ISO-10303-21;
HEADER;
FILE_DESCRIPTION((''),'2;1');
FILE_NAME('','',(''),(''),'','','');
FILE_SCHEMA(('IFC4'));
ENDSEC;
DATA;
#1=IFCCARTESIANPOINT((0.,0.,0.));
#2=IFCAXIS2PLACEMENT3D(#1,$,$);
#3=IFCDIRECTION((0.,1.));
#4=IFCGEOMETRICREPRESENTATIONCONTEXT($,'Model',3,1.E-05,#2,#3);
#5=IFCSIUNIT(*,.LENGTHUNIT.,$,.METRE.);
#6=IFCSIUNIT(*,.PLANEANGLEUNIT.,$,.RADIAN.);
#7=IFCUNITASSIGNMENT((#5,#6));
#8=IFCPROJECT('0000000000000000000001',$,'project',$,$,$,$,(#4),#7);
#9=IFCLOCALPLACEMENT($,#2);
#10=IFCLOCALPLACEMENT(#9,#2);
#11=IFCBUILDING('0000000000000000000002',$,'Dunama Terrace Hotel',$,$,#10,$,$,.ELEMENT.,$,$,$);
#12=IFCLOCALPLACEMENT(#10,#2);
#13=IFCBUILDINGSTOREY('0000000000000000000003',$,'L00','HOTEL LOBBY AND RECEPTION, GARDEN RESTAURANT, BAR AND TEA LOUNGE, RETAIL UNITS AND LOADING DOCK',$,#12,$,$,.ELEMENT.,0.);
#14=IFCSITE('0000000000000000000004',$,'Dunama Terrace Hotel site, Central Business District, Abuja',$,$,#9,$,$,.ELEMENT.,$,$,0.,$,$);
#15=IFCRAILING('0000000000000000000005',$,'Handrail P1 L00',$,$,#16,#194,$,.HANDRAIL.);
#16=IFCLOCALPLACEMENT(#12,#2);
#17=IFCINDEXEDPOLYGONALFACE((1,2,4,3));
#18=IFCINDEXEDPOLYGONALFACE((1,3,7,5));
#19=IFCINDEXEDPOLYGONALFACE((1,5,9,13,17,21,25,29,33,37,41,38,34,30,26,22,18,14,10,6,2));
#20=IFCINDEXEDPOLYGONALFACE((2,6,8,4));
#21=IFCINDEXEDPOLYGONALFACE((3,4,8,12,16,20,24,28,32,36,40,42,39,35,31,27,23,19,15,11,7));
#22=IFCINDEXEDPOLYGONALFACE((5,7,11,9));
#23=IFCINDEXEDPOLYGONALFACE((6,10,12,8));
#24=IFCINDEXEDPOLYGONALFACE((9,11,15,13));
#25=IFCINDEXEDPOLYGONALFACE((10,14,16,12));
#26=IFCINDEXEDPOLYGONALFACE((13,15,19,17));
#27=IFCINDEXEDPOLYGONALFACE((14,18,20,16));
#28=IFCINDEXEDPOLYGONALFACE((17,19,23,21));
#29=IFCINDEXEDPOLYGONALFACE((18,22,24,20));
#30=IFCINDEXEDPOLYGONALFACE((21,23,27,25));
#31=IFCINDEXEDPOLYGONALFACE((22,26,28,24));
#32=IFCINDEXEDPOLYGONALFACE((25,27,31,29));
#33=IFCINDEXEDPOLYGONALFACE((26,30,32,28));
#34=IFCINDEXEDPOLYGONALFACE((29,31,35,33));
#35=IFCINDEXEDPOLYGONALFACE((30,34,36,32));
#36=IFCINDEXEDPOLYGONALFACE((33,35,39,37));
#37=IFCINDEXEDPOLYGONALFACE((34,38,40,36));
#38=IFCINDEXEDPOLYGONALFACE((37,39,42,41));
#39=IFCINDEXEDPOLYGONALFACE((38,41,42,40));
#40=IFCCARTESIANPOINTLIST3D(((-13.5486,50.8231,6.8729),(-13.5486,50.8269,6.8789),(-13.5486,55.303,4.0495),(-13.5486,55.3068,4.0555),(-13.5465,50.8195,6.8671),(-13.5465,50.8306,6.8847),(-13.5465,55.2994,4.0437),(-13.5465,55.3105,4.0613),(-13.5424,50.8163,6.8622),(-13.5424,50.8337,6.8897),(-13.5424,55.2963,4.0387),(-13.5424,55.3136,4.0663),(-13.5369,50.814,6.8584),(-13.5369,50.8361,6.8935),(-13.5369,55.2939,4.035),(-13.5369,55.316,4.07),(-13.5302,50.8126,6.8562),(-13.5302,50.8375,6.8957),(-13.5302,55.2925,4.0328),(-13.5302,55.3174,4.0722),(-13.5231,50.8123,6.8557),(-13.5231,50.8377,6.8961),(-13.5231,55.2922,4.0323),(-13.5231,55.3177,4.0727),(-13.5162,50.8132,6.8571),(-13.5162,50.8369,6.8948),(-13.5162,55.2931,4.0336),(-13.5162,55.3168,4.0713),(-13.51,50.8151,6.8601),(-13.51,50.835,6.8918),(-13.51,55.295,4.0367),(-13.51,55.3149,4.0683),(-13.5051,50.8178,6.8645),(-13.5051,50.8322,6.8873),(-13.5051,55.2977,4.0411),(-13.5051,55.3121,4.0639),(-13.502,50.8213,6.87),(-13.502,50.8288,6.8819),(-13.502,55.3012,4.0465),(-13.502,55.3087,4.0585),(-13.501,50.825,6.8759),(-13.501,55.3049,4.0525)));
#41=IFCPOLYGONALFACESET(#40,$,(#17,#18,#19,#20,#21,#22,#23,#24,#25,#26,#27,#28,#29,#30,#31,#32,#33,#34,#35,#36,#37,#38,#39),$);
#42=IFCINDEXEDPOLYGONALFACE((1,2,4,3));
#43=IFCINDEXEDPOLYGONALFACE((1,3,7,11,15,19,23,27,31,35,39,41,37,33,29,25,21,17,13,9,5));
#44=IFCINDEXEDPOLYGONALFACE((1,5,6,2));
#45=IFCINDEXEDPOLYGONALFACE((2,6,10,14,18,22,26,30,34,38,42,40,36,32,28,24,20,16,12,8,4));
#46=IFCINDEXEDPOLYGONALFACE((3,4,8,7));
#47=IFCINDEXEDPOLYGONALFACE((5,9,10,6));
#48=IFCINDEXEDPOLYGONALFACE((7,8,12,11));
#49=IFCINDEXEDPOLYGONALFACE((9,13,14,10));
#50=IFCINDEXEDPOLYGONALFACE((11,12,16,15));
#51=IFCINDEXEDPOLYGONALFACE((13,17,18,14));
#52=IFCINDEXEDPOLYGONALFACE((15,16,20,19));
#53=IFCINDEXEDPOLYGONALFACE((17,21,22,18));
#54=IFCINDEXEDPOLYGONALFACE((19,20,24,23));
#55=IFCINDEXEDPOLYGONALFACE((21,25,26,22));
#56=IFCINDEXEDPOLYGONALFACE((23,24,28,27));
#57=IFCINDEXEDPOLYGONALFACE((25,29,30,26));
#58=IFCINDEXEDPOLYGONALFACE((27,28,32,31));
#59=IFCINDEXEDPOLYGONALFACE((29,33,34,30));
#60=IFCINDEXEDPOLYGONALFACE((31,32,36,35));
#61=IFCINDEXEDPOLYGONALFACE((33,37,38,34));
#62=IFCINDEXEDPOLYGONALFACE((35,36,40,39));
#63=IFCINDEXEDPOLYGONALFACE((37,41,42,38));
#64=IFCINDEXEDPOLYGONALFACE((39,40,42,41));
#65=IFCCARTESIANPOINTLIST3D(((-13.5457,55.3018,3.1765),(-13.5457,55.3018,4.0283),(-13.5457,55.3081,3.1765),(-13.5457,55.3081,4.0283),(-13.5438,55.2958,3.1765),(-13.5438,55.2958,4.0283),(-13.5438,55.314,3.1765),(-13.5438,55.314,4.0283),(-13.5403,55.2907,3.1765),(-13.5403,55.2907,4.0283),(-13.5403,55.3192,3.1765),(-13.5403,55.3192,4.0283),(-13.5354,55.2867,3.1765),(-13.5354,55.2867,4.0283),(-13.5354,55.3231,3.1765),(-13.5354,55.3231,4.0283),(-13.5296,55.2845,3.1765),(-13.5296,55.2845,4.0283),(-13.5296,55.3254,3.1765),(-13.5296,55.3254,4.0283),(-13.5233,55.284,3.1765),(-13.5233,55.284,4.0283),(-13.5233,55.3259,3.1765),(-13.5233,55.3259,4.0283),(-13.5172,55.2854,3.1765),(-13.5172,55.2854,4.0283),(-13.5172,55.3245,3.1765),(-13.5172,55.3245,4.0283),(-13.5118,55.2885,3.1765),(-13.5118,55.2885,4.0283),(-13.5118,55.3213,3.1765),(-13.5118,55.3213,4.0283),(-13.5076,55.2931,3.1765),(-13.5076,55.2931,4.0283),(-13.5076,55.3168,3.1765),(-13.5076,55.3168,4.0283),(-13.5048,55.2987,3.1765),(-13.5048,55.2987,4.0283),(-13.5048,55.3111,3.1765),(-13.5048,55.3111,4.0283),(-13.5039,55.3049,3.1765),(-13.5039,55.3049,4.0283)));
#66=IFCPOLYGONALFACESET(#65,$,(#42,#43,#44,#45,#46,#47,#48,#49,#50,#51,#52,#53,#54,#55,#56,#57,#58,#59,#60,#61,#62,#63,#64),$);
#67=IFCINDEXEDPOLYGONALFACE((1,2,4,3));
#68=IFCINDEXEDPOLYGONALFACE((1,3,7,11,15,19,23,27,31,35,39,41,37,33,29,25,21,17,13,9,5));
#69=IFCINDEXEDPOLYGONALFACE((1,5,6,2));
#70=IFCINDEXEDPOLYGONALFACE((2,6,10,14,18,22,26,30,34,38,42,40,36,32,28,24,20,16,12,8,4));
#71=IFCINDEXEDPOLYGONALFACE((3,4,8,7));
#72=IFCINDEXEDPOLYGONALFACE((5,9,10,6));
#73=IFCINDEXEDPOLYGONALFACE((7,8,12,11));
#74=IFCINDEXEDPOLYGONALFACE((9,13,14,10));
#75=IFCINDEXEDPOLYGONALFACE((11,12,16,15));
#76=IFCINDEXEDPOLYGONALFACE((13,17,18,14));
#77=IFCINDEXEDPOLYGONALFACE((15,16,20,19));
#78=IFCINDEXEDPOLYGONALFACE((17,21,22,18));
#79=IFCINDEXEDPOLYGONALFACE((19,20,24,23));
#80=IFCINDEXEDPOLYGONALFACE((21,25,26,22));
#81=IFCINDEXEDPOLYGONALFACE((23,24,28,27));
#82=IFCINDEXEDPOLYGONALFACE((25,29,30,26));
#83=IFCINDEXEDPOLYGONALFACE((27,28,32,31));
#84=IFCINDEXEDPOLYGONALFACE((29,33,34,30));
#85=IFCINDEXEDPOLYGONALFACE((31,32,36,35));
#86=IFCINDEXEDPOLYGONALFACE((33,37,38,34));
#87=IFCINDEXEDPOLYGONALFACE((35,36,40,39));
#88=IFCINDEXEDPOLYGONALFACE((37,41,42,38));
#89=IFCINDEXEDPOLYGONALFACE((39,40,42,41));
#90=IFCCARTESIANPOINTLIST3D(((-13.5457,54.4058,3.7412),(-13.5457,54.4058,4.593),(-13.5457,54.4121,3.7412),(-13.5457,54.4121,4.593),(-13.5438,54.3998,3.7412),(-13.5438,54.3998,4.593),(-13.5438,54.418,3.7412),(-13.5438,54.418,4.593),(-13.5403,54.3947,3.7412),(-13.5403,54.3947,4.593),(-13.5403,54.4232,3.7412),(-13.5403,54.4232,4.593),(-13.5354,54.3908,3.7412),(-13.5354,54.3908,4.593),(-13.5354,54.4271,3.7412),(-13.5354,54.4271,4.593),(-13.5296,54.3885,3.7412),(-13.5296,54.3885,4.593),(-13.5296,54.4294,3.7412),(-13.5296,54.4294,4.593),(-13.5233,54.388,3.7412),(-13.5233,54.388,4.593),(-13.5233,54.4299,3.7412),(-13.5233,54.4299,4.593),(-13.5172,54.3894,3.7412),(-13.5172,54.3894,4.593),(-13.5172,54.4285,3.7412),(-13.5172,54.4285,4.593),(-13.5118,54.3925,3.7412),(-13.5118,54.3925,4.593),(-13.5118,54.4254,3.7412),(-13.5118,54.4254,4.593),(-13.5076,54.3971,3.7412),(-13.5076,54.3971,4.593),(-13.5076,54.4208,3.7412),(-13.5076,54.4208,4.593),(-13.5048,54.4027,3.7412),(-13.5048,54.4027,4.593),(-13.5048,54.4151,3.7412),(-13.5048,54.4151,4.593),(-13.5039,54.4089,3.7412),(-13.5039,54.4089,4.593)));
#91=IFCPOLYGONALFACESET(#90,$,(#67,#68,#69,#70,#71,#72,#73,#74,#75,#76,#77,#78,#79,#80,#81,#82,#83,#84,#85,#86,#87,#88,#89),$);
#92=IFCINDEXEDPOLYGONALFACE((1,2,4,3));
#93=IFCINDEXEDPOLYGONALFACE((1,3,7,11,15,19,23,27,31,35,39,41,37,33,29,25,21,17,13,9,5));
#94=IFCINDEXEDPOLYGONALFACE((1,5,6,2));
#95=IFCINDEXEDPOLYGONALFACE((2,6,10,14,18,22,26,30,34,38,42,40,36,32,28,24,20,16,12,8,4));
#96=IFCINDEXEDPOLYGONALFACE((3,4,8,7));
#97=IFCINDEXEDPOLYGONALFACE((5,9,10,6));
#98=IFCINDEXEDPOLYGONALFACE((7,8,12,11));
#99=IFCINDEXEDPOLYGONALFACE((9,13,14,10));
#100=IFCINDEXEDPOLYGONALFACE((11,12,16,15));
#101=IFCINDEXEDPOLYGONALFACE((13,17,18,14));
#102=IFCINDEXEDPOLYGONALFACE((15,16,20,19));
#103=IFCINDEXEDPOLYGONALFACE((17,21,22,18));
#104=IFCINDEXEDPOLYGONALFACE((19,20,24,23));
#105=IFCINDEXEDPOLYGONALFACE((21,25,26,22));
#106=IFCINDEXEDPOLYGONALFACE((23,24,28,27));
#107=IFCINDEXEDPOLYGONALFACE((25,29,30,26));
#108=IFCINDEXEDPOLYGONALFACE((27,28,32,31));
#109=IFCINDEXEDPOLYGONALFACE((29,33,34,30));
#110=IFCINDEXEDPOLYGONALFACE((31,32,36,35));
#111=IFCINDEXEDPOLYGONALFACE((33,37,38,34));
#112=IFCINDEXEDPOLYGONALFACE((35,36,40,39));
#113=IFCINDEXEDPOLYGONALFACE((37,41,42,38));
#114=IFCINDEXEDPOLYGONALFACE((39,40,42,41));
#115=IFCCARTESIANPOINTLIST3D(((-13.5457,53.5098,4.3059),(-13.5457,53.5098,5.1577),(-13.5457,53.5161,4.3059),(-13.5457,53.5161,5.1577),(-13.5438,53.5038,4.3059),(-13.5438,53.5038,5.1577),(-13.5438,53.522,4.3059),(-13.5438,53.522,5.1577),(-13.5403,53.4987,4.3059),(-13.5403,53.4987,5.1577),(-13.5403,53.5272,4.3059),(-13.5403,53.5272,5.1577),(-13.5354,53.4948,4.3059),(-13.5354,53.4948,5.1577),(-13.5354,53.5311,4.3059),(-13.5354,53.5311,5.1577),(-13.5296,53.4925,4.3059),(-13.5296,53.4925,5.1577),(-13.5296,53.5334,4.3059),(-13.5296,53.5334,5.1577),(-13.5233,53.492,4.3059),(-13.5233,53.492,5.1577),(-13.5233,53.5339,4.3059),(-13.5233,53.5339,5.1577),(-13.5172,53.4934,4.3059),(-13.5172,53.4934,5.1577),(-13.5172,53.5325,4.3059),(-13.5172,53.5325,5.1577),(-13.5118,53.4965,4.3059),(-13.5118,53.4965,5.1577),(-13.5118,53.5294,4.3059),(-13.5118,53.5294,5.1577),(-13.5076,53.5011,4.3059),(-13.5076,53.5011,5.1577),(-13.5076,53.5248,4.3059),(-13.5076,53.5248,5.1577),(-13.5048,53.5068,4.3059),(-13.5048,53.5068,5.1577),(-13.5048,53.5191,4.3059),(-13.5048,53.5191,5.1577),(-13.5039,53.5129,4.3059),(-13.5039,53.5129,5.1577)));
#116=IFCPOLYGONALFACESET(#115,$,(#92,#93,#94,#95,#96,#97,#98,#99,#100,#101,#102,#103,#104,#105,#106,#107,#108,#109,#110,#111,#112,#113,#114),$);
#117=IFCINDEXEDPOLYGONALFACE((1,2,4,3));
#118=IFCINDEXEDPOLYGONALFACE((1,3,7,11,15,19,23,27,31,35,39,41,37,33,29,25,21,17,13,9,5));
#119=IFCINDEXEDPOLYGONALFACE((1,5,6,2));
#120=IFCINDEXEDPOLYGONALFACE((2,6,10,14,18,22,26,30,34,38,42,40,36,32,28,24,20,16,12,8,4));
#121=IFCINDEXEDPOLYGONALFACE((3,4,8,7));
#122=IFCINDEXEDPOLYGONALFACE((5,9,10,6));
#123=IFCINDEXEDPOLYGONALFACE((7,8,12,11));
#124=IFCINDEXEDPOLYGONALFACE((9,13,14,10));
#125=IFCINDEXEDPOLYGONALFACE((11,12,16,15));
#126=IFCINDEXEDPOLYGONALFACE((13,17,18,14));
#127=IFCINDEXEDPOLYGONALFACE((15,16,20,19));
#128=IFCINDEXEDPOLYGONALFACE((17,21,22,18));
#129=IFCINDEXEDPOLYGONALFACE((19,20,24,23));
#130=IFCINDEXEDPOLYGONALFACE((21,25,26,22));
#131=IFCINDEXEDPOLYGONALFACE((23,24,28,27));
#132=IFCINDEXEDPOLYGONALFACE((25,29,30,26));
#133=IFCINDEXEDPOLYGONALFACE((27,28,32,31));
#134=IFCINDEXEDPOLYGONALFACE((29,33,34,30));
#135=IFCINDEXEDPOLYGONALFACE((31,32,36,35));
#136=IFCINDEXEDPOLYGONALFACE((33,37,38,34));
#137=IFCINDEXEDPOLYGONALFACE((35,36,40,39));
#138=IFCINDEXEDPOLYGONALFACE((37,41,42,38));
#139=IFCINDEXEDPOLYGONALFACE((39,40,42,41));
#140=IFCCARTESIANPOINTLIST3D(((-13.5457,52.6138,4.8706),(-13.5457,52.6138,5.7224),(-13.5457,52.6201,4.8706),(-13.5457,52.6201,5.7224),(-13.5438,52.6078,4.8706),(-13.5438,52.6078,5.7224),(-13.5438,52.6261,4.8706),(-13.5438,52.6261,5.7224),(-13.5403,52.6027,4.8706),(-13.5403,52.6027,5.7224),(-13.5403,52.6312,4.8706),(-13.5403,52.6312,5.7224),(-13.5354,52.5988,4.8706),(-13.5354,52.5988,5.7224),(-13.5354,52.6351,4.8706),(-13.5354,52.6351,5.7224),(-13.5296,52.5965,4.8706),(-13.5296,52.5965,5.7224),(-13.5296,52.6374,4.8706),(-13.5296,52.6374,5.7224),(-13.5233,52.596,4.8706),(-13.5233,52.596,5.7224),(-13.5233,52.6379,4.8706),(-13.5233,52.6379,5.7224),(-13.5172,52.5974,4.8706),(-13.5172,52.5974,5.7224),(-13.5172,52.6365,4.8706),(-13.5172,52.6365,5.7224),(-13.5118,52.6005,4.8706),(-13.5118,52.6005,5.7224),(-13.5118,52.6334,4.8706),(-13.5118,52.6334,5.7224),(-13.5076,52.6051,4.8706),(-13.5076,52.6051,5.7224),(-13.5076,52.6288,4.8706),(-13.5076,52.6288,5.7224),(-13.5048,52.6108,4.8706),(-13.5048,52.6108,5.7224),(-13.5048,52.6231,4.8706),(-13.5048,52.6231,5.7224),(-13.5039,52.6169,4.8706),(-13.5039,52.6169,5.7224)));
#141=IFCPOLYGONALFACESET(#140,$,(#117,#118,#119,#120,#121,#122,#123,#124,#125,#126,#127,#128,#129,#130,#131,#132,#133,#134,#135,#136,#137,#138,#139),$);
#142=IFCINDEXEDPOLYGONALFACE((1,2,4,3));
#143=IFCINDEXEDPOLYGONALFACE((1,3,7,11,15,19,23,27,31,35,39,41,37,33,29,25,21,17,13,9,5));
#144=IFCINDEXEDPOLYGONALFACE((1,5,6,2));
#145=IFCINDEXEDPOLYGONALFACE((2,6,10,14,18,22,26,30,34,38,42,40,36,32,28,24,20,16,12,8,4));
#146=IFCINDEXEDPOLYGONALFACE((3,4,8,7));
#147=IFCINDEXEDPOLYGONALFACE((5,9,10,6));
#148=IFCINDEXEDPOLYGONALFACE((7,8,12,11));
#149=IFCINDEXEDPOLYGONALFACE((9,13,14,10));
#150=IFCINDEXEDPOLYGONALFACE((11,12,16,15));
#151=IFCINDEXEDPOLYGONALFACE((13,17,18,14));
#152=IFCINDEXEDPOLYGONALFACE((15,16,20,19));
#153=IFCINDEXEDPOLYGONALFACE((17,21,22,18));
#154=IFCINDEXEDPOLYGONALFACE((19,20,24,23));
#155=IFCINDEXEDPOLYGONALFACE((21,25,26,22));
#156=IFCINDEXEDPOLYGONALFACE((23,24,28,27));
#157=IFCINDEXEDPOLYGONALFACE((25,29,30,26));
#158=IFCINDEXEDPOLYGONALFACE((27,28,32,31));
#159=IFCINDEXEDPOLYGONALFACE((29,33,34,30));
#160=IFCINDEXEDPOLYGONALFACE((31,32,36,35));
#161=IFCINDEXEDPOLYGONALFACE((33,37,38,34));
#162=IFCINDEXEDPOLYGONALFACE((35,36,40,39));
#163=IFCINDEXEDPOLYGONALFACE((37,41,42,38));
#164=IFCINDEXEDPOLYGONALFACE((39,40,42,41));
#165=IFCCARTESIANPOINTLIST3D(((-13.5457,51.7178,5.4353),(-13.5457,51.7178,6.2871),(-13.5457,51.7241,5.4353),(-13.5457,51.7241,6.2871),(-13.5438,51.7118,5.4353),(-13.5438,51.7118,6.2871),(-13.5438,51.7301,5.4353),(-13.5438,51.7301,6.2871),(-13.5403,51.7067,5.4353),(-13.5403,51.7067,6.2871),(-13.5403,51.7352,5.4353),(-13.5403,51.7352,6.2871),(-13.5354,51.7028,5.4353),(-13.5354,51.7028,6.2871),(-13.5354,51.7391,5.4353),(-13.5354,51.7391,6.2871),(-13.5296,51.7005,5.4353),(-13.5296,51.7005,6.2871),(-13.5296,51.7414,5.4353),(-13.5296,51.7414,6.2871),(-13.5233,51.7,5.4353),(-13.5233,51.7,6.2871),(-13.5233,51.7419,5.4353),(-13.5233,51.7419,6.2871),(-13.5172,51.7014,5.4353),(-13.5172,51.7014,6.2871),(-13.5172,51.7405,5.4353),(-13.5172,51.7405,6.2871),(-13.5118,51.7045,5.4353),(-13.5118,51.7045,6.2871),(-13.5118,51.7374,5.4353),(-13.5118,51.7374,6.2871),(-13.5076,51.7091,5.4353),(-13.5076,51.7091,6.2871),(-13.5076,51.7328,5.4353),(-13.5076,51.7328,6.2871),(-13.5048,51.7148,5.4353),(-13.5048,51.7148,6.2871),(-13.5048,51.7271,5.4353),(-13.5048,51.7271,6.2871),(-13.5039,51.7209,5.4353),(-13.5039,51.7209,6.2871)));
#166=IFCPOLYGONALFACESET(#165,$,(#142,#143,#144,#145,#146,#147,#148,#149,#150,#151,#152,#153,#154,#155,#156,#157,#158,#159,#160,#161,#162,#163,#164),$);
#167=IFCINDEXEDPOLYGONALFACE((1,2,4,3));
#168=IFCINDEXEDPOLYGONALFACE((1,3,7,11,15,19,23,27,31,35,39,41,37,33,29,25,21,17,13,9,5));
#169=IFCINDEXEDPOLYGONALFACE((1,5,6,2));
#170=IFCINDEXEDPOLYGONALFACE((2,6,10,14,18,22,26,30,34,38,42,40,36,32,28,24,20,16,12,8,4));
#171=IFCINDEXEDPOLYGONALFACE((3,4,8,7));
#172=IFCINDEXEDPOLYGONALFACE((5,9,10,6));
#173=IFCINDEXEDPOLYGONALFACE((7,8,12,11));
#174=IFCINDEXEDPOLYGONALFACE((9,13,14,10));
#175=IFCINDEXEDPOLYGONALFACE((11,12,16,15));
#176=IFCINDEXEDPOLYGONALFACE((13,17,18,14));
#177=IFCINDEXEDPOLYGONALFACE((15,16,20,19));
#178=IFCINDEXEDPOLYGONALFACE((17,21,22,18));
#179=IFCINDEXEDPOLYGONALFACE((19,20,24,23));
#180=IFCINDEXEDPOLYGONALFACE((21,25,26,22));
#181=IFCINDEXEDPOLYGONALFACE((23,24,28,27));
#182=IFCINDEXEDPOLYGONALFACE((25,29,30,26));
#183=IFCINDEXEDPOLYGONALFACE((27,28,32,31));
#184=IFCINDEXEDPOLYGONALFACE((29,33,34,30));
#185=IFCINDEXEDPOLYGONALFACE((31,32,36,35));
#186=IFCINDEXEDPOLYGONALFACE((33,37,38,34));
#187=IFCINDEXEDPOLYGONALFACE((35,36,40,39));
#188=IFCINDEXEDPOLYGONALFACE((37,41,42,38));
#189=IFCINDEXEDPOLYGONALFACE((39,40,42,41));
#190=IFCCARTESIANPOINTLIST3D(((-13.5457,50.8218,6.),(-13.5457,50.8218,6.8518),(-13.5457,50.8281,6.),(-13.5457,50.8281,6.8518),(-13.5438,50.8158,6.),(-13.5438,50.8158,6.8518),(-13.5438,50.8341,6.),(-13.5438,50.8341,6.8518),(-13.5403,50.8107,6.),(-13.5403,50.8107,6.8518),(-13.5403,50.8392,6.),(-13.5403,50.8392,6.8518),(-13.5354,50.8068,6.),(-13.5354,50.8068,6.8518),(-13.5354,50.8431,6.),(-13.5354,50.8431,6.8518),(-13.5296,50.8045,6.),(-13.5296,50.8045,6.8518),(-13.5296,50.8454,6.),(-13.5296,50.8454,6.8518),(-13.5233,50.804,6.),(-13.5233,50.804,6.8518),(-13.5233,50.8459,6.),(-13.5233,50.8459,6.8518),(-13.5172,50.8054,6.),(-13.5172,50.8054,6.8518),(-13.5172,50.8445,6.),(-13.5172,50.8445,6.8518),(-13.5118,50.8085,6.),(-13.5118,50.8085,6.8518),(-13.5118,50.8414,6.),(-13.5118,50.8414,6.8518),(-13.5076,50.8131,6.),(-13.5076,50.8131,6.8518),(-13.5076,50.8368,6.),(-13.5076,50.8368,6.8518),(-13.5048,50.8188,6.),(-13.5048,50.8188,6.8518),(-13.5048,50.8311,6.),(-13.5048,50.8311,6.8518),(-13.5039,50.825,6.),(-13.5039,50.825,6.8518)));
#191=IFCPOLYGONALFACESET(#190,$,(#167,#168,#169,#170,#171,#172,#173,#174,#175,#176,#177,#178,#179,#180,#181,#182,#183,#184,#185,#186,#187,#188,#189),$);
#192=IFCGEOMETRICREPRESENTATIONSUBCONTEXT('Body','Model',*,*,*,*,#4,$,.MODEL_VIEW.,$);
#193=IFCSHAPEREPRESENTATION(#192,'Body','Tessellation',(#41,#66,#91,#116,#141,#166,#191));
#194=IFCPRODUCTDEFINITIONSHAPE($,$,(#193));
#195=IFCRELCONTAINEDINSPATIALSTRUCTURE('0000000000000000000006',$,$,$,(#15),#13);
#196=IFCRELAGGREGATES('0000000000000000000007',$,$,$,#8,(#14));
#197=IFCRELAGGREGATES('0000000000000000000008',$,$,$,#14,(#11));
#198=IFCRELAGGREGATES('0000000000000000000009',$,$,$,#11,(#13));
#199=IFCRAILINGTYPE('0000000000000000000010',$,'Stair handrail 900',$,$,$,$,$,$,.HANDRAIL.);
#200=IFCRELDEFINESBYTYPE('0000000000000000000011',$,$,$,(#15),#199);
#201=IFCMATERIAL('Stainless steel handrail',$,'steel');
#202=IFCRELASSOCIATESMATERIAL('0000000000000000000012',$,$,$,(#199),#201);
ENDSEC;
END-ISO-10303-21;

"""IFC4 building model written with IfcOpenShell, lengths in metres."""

from ifc_helpers import new_model, si_unit, direction, frame, origin, origin_2d, place, context, subcontext, project, spatial, circle, extrude, material, type_object, element, save


model = new_model("IFC4")

# Units and contexts
model_context = context("Model", 3, precision=1e-05, world=origin(), true_north=direction((0.0, 1.0)))
body_context = subcontext(model_context, "Body", "Model", "MODEL_VIEW")
ifc_project = project(units=[si_unit("LENGTHUNIT", "METRE"), si_unit("PLANEANGLEUNIT", "RADIAN")], contexts=[model_context])

# Site, building, storey
site_placement = place(None, origin())
site = spatial("IfcSite", under=ifc_project, at=site_placement, Name="Dunama Terrace Hotel site, Central Business District, Abuja", CompositionType="ELEMENT", RefElevation=0.0)
building_placement = place(site_placement, origin())
building = spatial("IfcBuilding", under=site, at=building_placement, Name="Dunama Terrace Hotel", CompositionType="ELEMENT")
storey_placement = place(building_placement, origin())
storey = spatial("IfcBuildingStorey", under=building, at=storey_placement, Name="L00", Description="HOTEL LOBBY AND RECEPTION, GARDEN RESTAURANT, BAR AND TEA LOUNGE, RETAIL UNITS AND LOADING DOCK", CompositionType="ELEMENT", Elevation=0.0)

# Railing
ifc_material_1 = material(Name="Stainless steel handrail", Category="steel")
railing_type = type_object("IfcRailingType", Name="Stair handrail 900", PredefinedType="HANDRAIL", material=ifc_material_1)
railing_1_placement = place(storey_placement, frame((-13.5249, 55.3049, 3.1765)))
element("IfcRailing", 1, at=railing_1_placement, inside=storey, type_object=railing_type, Name="Handrail P1 L00", PredefinedType="HANDRAIL", context=body_context, shape_type="SweptSolid", body=[
    extrude(circle(Radius=0.0239, at=origin_2d()), frame((0.0, 0.0, 0.876), z_axis=(0.0, -0.845998, 0.533186), x_axis=(1.0, 0.0, 0.0)), (0.0, 0.0, 1.0), 5.2954),
    extrude(circle(Radius=0.021, at=origin_2d()), origin(), (0.0, 0.0, 1.0), 0.8518),
    extrude(circle(Radius=0.021, at=origin_2d()), frame((0.0, -0.896, 0.5647)), (0.0, 0.0, 1.0), 0.8518),
    extrude(circle(Radius=0.021, at=origin_2d()), frame((0.0, -1.792, 1.1294)), (0.0, 0.0, 1.0), 0.8518),
    extrude(circle(Radius=0.021, at=origin_2d()), frame((0.0, -2.688, 1.6941)), (0.0, 0.0, 1.0), 0.8518),
    extrude(circle(Radius=0.021, at=origin_2d()), frame((0.0, -3.584, 2.2588)), (0.0, 0.0, 1.0), 0.8518),
    extrude(circle(Radius=0.021, at=origin_2d()), frame((0.0, -4.48, 2.8235)), (0.0, 0.0, 1.0), 0.8518),
])

save(model, "model.ifc")
